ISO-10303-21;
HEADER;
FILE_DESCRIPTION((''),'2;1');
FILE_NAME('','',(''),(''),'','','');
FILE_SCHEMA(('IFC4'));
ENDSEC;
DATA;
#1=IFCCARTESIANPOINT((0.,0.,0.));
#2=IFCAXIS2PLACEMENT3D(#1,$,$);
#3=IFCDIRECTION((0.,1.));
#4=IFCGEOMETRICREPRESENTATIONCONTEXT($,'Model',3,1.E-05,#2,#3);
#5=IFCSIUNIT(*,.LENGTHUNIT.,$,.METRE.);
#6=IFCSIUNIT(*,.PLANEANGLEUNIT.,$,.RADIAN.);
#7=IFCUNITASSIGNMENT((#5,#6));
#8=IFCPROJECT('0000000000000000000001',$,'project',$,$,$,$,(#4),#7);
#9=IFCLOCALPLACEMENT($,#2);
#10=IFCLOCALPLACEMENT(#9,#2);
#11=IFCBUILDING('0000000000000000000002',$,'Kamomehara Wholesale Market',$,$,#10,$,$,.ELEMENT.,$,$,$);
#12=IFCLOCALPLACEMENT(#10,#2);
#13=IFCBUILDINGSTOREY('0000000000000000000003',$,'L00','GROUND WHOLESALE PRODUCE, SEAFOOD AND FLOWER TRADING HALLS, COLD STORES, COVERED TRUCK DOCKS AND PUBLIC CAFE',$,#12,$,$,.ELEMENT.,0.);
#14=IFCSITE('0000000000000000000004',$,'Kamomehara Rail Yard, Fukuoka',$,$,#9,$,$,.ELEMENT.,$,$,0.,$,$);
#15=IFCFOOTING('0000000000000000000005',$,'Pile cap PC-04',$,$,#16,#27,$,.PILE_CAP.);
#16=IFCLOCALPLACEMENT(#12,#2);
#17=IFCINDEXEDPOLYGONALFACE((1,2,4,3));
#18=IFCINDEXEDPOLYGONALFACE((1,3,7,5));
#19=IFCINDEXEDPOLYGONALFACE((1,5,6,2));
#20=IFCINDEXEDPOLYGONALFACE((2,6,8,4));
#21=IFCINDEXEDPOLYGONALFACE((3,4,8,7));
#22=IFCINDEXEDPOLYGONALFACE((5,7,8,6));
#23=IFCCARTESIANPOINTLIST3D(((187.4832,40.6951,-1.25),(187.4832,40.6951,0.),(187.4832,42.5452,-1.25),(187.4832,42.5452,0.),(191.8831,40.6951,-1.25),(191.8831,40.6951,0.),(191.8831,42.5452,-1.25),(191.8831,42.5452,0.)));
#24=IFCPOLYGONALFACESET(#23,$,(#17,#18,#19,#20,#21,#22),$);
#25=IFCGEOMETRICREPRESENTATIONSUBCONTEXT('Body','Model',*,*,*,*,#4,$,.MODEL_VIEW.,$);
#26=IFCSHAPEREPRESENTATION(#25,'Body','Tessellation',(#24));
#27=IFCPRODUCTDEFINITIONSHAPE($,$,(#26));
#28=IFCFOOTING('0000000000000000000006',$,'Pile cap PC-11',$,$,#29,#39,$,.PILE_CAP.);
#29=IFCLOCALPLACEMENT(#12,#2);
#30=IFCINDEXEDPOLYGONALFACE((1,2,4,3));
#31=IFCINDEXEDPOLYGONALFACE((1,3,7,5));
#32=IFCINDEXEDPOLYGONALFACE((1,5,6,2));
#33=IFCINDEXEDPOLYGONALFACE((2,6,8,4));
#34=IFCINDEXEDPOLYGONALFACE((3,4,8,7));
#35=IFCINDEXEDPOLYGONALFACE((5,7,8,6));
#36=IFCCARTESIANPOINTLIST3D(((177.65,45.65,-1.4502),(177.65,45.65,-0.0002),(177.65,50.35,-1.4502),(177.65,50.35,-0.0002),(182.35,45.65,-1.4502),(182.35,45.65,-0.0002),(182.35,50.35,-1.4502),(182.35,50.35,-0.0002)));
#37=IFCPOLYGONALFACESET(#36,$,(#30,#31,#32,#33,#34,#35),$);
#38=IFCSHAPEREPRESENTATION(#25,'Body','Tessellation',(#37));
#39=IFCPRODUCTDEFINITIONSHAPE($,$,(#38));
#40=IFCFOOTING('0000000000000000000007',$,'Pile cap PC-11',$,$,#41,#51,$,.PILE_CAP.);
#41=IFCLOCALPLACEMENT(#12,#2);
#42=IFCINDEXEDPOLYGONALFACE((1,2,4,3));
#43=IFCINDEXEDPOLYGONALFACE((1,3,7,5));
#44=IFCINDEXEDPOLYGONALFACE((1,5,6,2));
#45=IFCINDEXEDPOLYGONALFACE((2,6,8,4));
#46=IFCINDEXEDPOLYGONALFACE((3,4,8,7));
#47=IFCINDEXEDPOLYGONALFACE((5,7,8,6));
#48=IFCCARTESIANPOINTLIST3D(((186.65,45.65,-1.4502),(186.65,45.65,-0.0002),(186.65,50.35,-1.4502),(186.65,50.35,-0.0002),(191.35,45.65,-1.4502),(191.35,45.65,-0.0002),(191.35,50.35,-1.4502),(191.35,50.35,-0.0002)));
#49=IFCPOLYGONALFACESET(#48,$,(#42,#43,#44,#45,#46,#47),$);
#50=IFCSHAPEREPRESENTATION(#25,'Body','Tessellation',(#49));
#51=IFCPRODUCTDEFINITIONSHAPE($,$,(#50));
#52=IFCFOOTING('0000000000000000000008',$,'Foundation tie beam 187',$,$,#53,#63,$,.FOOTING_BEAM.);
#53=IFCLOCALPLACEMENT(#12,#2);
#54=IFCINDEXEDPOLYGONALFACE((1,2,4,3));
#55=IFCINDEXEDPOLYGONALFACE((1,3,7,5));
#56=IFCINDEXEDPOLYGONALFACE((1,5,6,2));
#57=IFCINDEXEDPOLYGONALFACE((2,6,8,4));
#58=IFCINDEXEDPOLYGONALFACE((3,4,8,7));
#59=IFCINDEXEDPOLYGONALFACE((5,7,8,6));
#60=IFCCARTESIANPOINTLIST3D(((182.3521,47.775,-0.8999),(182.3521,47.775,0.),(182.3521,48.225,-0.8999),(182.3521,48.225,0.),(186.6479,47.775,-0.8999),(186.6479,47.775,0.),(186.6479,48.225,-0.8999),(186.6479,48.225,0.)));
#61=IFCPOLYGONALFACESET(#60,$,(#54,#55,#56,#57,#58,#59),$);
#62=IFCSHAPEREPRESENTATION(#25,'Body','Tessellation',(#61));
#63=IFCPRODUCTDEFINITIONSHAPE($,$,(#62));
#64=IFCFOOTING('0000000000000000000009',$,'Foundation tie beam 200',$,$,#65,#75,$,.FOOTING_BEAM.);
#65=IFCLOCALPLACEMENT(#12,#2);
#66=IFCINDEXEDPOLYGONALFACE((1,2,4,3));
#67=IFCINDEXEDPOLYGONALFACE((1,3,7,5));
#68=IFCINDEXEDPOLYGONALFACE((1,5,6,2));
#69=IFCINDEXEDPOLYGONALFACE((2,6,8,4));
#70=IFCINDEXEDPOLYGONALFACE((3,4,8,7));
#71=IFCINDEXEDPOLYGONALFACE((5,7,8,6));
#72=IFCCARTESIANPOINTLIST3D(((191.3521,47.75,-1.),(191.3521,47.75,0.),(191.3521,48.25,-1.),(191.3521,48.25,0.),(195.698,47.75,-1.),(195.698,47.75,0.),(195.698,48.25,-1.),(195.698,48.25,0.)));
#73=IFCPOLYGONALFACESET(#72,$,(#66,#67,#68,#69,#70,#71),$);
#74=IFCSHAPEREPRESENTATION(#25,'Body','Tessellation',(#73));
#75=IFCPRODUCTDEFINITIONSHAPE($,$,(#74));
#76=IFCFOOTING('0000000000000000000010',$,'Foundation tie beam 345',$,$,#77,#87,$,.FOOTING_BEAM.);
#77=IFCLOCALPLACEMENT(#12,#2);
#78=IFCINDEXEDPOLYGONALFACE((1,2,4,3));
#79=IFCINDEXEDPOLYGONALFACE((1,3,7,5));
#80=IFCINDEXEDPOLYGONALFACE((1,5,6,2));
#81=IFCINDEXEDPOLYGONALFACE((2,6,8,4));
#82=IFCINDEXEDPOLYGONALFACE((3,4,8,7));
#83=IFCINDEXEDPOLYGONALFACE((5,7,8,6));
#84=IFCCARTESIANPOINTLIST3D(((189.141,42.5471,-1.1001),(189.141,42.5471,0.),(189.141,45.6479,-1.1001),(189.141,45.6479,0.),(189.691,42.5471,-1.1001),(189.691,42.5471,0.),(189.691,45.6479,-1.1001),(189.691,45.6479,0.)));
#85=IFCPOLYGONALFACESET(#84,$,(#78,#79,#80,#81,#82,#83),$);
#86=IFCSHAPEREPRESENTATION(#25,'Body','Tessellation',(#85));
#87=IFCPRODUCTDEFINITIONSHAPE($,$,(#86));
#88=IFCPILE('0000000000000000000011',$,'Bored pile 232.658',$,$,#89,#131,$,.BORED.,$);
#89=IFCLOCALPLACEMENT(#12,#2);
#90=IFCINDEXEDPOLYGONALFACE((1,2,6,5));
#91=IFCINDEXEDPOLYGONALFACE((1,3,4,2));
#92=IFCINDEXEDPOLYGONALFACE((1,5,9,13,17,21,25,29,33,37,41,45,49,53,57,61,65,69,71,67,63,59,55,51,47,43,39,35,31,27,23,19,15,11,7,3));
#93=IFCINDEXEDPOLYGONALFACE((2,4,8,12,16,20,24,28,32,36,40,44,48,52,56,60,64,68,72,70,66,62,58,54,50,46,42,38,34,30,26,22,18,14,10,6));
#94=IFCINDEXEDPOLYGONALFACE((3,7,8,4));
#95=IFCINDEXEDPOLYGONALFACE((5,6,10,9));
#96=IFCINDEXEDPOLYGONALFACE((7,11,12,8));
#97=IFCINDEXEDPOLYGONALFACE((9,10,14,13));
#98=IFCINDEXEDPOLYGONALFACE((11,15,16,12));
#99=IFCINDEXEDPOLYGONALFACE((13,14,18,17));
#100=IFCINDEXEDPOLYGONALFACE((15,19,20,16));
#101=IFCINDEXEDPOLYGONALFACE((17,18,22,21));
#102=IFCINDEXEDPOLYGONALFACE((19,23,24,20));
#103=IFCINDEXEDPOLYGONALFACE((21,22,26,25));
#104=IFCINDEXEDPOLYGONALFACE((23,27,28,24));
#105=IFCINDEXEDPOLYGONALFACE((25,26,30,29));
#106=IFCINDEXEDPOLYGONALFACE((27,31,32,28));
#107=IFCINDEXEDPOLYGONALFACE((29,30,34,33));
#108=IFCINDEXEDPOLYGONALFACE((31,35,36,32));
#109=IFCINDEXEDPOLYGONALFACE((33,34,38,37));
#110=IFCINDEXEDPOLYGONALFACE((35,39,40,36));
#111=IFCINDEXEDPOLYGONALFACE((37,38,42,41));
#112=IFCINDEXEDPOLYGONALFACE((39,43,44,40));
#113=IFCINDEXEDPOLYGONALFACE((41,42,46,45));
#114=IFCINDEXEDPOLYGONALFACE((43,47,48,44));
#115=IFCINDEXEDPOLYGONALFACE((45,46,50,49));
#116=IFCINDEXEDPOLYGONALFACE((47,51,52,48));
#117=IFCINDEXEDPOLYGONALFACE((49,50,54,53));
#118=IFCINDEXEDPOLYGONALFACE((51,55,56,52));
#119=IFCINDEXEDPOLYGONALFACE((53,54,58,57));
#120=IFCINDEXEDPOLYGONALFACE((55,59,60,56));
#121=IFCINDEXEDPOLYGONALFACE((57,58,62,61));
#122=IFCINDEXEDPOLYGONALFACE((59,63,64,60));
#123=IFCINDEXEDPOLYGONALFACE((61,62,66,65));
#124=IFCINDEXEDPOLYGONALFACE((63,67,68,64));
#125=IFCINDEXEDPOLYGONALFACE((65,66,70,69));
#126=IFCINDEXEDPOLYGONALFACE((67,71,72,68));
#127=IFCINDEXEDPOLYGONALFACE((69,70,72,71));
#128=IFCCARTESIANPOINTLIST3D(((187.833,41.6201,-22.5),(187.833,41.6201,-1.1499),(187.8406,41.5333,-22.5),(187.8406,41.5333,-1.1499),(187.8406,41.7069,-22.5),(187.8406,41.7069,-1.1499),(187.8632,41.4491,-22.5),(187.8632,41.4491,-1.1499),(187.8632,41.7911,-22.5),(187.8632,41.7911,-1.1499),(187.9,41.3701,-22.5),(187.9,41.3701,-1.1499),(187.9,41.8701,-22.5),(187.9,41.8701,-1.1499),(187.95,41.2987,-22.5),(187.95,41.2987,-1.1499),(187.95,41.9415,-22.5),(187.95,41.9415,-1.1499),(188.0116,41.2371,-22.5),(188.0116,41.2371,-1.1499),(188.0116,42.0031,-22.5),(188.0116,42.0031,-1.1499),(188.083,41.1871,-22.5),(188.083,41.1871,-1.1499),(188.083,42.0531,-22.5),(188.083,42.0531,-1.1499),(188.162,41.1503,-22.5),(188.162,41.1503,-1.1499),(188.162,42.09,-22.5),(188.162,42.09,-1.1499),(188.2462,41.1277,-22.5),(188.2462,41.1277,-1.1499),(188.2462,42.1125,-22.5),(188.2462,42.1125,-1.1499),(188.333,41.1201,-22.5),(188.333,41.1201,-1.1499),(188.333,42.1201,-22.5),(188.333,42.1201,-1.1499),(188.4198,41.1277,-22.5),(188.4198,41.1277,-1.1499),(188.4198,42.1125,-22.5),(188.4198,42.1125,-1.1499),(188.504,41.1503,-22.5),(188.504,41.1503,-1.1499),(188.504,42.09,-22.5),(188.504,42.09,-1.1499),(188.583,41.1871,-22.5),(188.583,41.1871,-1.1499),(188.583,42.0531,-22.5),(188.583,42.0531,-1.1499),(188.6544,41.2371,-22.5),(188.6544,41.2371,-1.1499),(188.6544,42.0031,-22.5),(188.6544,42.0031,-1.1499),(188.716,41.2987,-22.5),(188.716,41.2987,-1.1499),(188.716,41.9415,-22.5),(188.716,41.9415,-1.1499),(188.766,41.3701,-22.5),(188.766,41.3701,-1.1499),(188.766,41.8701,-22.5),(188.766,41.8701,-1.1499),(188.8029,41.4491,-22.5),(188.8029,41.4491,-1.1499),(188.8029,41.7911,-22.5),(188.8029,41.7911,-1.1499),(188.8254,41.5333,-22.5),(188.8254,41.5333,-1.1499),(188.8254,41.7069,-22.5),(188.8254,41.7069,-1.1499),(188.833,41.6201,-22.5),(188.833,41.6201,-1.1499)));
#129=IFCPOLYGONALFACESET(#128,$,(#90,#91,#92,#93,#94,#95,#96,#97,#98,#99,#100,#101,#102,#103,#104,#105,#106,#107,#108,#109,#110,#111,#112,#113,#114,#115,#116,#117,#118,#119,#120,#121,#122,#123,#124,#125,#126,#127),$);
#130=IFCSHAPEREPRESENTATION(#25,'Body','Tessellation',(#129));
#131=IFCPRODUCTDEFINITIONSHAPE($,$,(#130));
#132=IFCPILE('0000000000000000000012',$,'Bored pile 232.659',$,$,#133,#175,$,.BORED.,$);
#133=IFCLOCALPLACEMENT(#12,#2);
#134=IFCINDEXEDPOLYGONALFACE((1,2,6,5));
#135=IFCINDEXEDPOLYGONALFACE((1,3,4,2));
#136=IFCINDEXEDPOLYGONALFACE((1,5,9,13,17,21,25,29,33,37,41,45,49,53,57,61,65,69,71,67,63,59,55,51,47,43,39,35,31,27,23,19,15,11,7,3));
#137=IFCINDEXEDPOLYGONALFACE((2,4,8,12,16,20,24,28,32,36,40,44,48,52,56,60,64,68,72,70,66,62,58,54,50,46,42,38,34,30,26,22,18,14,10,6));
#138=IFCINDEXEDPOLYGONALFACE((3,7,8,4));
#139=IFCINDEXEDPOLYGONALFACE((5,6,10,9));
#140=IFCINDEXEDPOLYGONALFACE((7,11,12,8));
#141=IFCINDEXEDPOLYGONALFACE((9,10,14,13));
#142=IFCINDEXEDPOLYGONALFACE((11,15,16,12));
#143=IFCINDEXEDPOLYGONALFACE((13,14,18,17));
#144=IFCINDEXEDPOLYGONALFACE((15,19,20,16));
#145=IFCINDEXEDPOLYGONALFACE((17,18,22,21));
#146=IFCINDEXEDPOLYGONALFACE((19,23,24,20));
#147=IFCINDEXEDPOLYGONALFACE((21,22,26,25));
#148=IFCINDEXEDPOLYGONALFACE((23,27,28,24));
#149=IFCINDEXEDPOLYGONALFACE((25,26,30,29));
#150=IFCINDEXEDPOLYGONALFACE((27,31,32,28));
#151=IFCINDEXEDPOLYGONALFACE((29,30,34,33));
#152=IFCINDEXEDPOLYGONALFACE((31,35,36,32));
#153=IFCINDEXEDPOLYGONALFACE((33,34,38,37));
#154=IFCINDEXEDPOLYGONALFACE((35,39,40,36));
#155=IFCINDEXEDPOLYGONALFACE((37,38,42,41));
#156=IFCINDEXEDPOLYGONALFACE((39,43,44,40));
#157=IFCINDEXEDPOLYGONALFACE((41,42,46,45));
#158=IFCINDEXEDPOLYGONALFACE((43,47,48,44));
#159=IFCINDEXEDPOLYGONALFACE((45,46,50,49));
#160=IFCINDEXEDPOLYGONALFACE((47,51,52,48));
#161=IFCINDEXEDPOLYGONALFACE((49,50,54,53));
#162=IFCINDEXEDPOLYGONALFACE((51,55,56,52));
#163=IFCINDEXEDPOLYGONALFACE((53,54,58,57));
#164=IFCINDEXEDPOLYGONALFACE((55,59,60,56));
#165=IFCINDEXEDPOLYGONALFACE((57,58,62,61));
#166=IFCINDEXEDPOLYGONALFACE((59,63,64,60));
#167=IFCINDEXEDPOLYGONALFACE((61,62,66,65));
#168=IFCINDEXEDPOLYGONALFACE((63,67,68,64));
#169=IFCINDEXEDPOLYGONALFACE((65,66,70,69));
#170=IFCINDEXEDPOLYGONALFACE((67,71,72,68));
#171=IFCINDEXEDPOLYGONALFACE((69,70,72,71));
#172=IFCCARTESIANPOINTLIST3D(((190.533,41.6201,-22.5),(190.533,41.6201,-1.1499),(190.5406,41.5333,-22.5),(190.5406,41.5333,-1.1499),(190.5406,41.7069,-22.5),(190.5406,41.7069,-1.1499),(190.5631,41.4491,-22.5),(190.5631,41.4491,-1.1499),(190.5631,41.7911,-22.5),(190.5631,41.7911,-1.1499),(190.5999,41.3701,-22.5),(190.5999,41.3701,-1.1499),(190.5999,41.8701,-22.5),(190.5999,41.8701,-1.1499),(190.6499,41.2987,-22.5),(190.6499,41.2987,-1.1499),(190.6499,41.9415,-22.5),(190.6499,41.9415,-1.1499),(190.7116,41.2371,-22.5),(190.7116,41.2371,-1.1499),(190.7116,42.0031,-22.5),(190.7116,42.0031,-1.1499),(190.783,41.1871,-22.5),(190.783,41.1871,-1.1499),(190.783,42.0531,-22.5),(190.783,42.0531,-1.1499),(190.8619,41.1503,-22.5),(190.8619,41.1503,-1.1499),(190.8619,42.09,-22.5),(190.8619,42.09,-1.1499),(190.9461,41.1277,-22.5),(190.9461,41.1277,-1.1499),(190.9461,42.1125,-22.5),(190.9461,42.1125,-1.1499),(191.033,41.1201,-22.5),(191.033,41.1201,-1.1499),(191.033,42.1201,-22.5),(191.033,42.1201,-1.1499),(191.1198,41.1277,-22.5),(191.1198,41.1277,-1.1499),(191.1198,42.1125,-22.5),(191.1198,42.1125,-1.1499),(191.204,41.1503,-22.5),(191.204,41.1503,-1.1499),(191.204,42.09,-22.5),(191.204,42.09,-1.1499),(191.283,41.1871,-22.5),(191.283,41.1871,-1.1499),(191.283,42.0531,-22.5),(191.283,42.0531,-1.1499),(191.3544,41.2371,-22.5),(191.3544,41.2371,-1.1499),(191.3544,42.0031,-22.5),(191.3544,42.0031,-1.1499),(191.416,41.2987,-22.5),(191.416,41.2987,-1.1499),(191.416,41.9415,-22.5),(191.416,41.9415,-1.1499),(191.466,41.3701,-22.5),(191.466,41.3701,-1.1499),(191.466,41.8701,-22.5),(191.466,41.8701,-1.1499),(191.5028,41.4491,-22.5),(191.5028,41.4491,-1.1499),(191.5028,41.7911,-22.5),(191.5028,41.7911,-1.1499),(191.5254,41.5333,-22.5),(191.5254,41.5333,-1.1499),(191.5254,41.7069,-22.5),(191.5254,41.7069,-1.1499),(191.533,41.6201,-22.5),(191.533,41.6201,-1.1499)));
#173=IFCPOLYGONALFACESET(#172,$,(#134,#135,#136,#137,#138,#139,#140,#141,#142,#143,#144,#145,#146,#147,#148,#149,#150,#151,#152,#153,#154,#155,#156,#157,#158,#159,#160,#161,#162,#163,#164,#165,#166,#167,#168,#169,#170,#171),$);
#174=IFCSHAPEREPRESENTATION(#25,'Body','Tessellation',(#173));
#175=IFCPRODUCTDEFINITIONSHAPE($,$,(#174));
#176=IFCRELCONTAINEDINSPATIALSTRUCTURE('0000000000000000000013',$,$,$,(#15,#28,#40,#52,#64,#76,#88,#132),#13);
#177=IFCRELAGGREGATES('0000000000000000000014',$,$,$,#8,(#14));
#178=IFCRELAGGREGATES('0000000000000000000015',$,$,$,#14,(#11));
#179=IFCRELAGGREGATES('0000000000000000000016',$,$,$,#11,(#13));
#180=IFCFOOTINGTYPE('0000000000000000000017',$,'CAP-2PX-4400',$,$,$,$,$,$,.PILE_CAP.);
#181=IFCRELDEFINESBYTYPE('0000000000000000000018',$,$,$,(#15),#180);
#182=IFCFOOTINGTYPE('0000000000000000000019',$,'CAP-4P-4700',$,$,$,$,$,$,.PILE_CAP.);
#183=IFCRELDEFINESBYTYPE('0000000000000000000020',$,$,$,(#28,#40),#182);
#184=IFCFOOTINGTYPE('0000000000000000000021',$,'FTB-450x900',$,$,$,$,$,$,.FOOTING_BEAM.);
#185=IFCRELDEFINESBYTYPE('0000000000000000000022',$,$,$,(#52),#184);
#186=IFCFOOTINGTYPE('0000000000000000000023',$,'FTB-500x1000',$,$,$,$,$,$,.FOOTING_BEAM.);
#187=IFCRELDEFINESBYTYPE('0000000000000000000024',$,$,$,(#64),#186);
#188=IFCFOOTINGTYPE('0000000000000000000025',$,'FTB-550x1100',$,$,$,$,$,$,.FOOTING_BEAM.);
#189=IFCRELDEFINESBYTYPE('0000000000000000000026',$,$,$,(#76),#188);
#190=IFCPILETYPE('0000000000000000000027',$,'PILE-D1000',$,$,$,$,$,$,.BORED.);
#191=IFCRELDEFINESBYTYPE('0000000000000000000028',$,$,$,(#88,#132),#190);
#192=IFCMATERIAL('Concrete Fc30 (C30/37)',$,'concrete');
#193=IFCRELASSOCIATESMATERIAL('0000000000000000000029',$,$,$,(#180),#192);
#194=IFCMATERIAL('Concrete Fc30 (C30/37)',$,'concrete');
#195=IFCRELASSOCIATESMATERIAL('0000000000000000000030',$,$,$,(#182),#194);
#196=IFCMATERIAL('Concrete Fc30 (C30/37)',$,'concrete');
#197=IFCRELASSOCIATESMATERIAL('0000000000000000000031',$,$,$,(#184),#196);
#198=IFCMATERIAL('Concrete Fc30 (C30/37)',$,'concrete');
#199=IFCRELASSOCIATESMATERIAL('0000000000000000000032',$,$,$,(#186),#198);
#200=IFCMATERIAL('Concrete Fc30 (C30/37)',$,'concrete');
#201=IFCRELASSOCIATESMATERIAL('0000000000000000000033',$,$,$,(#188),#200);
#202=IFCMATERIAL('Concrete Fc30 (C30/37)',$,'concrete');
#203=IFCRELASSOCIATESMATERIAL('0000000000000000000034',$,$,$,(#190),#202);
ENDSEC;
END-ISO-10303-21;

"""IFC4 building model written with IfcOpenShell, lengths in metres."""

from ifc_helpers import new_model, si_unit, direction, frame, origin, origin_2d, place, context, subcontext, project, spatial, rectangle, circle, extrude, material, material_profile, profile_set, type_object, element, save


model = new_model("IFC4")

# Units and contexts
model_context = context("Model", 3, precision=1e-05, world=origin(), true_north=direction((0.0, 1.0)))
body_context = subcontext(model_context, "Body", "Model", "MODEL_VIEW")
ifc_project = project(units=[si_unit("LENGTHUNIT", "METRE"), si_unit("PLANEANGLEUNIT", "RADIAN")], contexts=[model_context])

# Site, building, storey
site_placement = place(None, origin())
site = spatial("IfcSite", under=ifc_project, at=site_placement, Name="Kamomehara Rail Yard, Fukuoka", CompositionType="ELEMENT", RefElevation=0.0)
building_placement = place(site_placement, origin())
building = spatial("IfcBuilding", under=site, at=building_placement, Name="Kamomehara Wholesale Market", CompositionType="ELEMENT")
storey_placement = place(building_placement, origin())
storey = spatial("IfcBuildingStorey", under=building, at=storey_placement, Name="L00", Description="GROUND WHOLESALE PRODUCE, SEAFOOD AND FLOWER TRADING HALLS, COLD STORES, COVERED TRUCK DOCKS AND PUBLIC CAFE", CompositionType="ELEMENT", Elevation=0.0)

# Footings
ifc_material_1 = material(Name="Concrete Fc30 (C30/37)", Category="concrete")
footing_type_1 = type_object("IfcFootingType", Name="CAP-2PX-4400", PredefinedType="PILE_CAP", material=ifc_material_1)
footing_1_placement = place(storey_placement, frame((189.6831, 41.6201, -1.25), z_axis=(0.0, 0.0, 1.0), x_axis=(1.0, 0.0, 0.0)))
element("IfcFooting", 1, at=footing_1_placement, inside=storey, type_object=footing_type_1, Name="Pile cap PC-04", PredefinedType="PILE_CAP", context=body_context, shape_type="SweptSolid", body=[
    extrude(rectangle(XDim=4.3999, YDim=1.8501, at=origin_2d()), origin(), (0.0, 0.0, 1.0), 1.25),
])
ifc_material_2 = material(Name="Concrete Fc30 (C30/37)", Category="concrete")
footing_type_2 = type_object("IfcFootingType", Name="CAP-4P-4700", PredefinedType="PILE_CAP", material=ifc_material_2)
for number, where, z_axis, x_axis, name in (
    (2, (180.0, 48.0, -1.4502), (0.0, 0.0, 1.0), (1.0, 0.0, 0.0), "Pile cap PC-11"),
    (3, (189.0, 48.0, -1.4502), (0.0, 0.0, 1.0), (1.0, 0.0, 0.0), "Pile cap PC-11"),
):
    element("IfcFooting", number, at=place(storey_placement, frame(where, z_axis=z_axis, x_axis=x_axis)), inside=storey, type_object=footing_type_2, Name=name, PredefinedType="PILE_CAP", context=body_context, shape_type="SweptSolid", body=[
        extrude(rectangle(XDim=4.7, YDim=4.7, at=origin_2d()), origin(), (0.0, 0.0, 1.0), 1.45),
    ])
ifc_material_3 = material(Name="Concrete Fc30 (C30/37)", Category="concrete")
ifc_material_profile_1 = material_profile(ifc_material_3, rectangle(XDim=0.45, YDim=0.8999, at=origin_2d()), Name="RC-FTB-450x900")
ifc_profile_set_1 = profile_set([ifc_material_profile_1], Name="Concrete Fc30 (C30/37)")
footing_type_3 = type_object("IfcFootingType", Name="FTB-450x900", PredefinedType="FOOTING_BEAM", material=ifc_profile_set_1)
footing_2_placement = place(storey_placement, frame((182.3521, 48.0, -0.45), z_axis=(1.0, 0.0, 0.0), x_axis=(0.0, 1.0, 0.0)))
element("IfcFooting", 4, at=footing_2_placement, inside=storey, type_object=footing_type_3, Name="Foundation tie beam 187", PredefinedType="FOOTING_BEAM", context=body_context, shape_type="SweptSolid", body=[
    extrude(rectangle(XDim=0.45, YDim=0.8999, at=origin_2d()), origin(), (0.0, 0.0, 1.0), 4.2959),
])
ifc_material_4 = material(Name="Concrete Fc30 (C30/37)", Category="concrete")
ifc_material_profile_2 = material_profile(ifc_material_4, rectangle(XDim=0.5, YDim=1.0, at=origin_2d()), Name="RC-FTB-500x1000")
ifc_profile_set_2 = profile_set([ifc_material_profile_2], Name="Concrete Fc30 (C30/37)")
footing_type_4 = type_object("IfcFootingType", Name="FTB-500x1000", PredefinedType="FOOTING_BEAM", material=ifc_profile_set_2)
footing_3_placement = place(storey_placement, frame((191.3521, 48.0, -0.5), z_axis=(1.0, 0.0, 0.0), x_axis=(0.0, 1.0, 0.0)))
element("IfcFooting", 5, at=footing_3_placement, inside=storey, type_object=footing_type_4, Name="Foundation tie beam 200", PredefinedType="FOOTING_BEAM", context=body_context, shape_type="SweptSolid", body=[
    extrude(rectangle(XDim=0.5, YDim=1.0, at=origin_2d()), origin(), (0.0, 0.0, 1.0), 4.3459),
])
ifc_material_5 = material(Name="Concrete Fc30 (C30/37)", Category="concrete")
ifc_material_profile_3 = material_profile(ifc_material_5, rectangle(XDim=0.55, YDim=1.1001, at=origin_2d()), Name="RC-FTB-550x1100")
ifc_profile_set_3 = profile_set([ifc_material_profile_3], Name="Concrete Fc30 (C30/37)")
footing_type_5 = type_object("IfcFootingType", Name="FTB-550x1100", PredefinedType="FOOTING_BEAM", material=ifc_profile_set_3)
footing_4_placement = place(storey_placement, frame((189.416, 42.5471, -0.55), z_axis=(0.0, 1.0, 0.0), x_axis=(-1.0, 0.0, 0.0)))
element("IfcFooting", 6, at=footing_4_placement, inside=storey, type_object=footing_type_5, Name="Foundation tie beam 345", PredefinedType="FOOTING_BEAM", context=body_context, shape_type="SweptSolid", body=[
    extrude(rectangle(XDim=0.55, YDim=1.1001, at=origin_2d()), origin(), (0.0, 0.0, 1.0), 3.1008),
])

# Piles
ifc_material_6 = material(Name="Concrete Fc30 (C30/37)", Category="concrete")
ifc_material_profile_4 = material_profile(ifc_material_6, circle(Radius=0.5, at=origin_2d()), Name="RC-PILE-D1000")
ifc_profile_set_4 = profile_set([ifc_material_profile_4], Name="Concrete Fc30 (C30/37)")
pile_type_1 = type_object("IfcPileType", Name="PILE-D1000", PredefinedType="BORED", material=ifc_profile_set_4)
for number, where, z_axis, x_axis, name in (
    (7, (188.333, 41.6201, -1.1499), (0.0, 0.0, -1.0), (1.0, 0.0, 0.0), "Bored pile 232.658"),
    (8, (191.033, 41.6201, -1.1499), (0.0, 0.0, -1.0), (1.0, 0.0, 0.0), "Bored pile 232.659"),
):
    element("IfcPile", number, at=place(storey_placement, frame(where, z_axis=z_axis, x_axis=x_axis)), inside=storey, type_object=pile_type_1, Name=name, PredefinedType="BORED", context=body_context, shape_type="SweptSolid", body=[
        extrude(circle(Radius=0.5, at=origin_2d()), origin(), (0.0, 0.0, 1.0), 21.3501),
    ])

save(model, "model.ifc")
